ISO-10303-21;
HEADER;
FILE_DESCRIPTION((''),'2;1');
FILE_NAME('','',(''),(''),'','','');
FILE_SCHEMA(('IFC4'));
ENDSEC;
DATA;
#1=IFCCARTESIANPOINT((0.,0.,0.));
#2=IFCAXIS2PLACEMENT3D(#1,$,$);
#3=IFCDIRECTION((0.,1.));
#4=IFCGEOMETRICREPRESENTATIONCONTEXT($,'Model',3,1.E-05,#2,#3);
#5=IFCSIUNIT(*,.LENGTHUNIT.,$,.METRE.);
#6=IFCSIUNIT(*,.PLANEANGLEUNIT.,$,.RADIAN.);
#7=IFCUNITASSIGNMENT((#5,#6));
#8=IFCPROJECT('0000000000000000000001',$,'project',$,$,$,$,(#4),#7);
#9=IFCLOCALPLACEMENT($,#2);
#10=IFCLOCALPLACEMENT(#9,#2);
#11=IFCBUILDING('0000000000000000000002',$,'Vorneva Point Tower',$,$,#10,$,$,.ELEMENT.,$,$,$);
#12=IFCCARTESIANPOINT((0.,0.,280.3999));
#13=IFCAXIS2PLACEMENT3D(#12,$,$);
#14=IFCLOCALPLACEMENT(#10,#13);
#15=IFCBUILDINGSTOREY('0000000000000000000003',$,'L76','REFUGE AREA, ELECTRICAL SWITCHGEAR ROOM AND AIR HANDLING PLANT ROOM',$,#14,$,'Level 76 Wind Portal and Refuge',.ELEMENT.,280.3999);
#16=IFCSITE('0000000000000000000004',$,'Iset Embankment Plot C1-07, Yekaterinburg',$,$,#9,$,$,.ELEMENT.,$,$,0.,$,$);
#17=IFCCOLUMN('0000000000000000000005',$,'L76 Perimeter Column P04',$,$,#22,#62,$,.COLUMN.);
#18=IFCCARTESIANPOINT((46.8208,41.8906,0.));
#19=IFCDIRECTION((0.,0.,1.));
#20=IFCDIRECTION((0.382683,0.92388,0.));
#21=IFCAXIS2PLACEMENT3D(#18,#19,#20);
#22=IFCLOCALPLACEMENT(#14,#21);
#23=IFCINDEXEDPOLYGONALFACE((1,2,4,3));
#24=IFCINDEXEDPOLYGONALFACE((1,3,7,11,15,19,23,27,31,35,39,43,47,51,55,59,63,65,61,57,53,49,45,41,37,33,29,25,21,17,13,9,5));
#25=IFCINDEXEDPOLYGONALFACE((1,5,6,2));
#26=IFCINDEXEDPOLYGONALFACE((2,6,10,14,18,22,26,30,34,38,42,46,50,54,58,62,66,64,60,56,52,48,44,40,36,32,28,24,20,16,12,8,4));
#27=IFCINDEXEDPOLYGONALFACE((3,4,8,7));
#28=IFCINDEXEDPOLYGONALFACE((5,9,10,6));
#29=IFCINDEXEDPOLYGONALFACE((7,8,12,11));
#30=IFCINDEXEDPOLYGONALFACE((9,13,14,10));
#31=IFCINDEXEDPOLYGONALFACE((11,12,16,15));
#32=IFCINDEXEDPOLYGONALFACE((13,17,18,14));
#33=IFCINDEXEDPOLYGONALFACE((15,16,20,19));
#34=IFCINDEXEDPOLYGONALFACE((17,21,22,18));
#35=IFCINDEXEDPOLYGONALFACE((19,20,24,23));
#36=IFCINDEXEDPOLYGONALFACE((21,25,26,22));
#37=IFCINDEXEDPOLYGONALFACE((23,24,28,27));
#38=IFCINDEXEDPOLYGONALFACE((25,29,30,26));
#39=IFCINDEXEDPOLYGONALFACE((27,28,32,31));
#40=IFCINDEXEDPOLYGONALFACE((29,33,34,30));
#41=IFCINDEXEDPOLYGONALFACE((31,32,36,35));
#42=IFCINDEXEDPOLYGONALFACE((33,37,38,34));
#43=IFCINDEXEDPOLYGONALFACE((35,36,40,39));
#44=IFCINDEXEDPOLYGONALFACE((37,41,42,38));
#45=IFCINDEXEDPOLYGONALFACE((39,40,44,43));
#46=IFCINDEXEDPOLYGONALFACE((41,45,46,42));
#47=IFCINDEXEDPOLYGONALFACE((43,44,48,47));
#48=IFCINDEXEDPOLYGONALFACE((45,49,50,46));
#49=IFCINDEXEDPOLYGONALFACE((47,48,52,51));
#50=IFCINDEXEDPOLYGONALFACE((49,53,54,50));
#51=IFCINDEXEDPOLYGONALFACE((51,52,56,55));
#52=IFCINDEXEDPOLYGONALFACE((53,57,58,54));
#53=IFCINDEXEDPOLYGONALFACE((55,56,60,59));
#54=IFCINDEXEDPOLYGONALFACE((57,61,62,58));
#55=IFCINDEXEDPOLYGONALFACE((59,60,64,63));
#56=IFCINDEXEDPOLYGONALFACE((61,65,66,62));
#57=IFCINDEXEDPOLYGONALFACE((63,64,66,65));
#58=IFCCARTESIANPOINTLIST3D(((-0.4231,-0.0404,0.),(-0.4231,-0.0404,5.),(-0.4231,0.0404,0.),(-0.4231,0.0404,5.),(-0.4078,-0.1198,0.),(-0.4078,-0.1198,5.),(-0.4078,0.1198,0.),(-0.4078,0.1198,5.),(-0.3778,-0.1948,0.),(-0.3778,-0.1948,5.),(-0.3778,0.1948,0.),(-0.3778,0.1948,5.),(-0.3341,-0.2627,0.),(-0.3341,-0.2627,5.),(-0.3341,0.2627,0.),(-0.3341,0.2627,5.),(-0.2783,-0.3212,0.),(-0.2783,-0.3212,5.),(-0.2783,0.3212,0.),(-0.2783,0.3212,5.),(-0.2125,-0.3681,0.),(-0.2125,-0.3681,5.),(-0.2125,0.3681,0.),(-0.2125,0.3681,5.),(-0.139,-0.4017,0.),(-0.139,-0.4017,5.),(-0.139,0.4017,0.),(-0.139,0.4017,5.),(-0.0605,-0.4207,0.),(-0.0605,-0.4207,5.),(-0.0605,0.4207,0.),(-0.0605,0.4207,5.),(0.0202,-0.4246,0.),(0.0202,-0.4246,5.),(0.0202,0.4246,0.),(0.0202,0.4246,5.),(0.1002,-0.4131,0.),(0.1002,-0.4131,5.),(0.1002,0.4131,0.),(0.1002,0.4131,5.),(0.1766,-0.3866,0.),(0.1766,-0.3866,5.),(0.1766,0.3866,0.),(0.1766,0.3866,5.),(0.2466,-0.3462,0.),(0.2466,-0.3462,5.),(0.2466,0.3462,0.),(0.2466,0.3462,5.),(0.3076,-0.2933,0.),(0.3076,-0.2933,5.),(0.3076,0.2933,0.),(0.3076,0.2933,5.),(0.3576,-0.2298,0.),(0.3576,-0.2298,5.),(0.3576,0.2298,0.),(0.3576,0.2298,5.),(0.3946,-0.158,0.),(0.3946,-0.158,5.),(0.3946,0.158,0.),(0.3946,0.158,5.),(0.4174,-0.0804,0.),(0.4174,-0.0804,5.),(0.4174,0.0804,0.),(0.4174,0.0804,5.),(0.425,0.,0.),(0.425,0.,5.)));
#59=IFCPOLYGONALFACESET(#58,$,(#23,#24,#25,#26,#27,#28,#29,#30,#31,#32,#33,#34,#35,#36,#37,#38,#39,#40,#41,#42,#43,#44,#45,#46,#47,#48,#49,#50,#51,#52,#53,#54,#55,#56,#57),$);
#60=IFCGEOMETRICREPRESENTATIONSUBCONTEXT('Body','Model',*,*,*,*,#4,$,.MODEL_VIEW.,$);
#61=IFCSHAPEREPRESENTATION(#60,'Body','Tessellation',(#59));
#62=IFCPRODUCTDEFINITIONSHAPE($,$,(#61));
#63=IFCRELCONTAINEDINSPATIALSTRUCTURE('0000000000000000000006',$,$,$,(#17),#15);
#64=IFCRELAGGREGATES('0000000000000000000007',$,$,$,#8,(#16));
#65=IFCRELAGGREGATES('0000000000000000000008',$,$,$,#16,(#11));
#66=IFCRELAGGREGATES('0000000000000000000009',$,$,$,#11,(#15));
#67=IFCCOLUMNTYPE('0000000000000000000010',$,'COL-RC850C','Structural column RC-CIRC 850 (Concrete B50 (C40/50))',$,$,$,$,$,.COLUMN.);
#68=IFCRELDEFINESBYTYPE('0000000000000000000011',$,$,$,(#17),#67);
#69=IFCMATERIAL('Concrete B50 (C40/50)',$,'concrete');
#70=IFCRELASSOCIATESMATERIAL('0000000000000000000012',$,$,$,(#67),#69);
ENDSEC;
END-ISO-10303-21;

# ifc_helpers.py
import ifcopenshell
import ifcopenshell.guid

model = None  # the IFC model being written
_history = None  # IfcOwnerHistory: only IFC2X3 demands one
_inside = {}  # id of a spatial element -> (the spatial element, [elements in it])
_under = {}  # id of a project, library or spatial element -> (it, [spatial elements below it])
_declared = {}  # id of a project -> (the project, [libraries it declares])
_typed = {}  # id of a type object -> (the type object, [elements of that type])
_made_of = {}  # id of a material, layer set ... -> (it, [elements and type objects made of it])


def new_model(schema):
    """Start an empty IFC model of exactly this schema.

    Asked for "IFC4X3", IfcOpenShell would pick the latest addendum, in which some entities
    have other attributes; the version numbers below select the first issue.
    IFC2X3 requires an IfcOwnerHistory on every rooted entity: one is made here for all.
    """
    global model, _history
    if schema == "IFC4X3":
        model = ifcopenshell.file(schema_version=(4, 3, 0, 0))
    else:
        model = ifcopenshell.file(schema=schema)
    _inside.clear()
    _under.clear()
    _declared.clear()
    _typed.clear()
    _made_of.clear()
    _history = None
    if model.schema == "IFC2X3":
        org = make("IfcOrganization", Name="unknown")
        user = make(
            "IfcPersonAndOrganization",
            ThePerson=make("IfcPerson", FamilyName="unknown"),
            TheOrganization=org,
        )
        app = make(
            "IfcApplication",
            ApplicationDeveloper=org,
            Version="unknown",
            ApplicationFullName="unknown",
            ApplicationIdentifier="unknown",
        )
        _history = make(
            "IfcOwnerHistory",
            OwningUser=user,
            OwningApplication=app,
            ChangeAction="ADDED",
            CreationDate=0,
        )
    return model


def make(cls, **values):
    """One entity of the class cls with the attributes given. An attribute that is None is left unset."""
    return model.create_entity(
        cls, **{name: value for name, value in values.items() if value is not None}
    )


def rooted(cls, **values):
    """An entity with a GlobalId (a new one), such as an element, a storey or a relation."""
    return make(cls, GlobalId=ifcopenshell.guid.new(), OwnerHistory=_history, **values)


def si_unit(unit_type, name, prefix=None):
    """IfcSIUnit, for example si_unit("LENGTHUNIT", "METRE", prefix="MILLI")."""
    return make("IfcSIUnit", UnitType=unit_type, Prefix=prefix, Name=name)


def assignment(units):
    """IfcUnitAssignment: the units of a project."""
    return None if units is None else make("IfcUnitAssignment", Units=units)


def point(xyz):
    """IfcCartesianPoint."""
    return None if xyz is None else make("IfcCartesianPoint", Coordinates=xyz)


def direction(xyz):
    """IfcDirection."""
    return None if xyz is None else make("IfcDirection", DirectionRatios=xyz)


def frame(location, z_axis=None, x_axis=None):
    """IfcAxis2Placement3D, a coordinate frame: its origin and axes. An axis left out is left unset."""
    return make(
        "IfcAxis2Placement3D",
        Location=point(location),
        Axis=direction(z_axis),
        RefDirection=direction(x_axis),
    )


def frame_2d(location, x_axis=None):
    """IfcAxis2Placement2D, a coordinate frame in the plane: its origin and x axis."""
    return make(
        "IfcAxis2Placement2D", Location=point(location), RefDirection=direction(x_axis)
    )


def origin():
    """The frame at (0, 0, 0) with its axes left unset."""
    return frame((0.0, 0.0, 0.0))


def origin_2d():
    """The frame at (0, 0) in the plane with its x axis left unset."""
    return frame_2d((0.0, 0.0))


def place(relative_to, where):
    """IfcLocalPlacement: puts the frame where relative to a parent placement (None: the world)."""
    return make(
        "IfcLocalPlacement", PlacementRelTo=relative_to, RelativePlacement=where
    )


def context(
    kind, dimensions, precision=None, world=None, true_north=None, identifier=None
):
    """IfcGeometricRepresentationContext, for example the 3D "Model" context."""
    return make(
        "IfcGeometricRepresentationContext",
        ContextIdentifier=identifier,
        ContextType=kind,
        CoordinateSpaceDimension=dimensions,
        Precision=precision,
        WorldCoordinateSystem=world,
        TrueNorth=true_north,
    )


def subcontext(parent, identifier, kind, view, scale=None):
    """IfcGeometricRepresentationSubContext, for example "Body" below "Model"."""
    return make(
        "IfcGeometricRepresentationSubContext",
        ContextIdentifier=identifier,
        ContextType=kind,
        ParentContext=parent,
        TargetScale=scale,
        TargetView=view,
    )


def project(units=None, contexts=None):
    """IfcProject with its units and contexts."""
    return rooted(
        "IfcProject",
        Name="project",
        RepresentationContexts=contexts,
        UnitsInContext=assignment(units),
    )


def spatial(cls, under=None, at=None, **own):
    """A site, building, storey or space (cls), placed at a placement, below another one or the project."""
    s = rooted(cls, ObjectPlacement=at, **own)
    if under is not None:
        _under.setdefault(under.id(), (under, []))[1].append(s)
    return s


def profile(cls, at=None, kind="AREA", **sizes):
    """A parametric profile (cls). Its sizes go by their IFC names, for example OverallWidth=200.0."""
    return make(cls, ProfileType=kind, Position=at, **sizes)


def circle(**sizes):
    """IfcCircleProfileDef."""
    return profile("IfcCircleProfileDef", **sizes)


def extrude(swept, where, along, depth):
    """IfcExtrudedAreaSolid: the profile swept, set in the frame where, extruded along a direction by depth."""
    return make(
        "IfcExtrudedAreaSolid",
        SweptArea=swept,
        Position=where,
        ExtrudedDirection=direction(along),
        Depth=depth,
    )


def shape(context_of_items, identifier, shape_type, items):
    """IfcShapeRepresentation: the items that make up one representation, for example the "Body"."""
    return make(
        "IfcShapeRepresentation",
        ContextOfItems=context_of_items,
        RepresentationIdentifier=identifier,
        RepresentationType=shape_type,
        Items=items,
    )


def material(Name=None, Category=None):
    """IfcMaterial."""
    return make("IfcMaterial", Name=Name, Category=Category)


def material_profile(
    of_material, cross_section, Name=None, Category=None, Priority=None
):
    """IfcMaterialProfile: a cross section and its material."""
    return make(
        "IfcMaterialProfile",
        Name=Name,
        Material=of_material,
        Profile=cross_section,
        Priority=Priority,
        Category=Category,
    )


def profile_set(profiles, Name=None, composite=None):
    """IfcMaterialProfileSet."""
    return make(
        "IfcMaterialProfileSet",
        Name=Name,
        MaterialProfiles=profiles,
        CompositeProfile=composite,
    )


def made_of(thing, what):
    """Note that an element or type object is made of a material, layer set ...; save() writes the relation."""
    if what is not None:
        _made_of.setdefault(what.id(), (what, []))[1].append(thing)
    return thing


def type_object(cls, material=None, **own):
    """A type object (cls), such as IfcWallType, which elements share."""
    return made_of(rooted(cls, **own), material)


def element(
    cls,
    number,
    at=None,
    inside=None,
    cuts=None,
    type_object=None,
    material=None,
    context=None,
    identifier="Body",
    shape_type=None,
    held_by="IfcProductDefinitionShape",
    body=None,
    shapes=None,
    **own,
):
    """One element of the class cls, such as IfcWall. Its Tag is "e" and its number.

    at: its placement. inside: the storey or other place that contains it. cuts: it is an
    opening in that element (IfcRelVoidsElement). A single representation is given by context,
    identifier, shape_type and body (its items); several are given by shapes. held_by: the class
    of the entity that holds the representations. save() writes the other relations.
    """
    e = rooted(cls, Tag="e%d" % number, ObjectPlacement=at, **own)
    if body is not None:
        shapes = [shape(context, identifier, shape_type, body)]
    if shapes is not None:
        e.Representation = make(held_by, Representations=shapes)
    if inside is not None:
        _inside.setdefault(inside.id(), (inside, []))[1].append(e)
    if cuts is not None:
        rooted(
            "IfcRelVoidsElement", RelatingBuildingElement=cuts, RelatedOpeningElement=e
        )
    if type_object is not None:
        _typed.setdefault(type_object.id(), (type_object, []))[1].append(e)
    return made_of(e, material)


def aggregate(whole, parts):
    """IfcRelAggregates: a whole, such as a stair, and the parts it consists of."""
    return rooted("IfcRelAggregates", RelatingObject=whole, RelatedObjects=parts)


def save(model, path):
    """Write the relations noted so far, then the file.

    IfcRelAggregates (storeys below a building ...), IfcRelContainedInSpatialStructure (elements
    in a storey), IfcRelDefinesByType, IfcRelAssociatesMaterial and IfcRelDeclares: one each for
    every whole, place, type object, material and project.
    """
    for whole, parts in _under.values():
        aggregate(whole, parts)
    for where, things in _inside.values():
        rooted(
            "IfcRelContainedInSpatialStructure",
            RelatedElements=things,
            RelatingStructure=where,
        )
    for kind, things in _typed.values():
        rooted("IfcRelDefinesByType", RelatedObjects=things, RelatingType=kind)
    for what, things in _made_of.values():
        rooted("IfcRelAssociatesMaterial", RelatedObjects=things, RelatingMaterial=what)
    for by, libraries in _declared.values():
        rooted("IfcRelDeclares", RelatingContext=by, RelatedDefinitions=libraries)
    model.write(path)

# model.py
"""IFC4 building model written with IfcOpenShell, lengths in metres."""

from ifc_helpers import new_model, si_unit, direction, frame, origin, origin_2d, place, context, subcontext, project, spatial, circle, extrude, material, material_profile, profile_set, type_object, element, save


model = new_model("IFC4")

# Units and contexts
model_context = context("Model", 3, precision=1e-05, world=origin(), true_north=direction((0.0, 1.0)))
body_context = subcontext(model_context, "Body", "Model", "MODEL_VIEW")
ifc_project = project(units=[si_unit("LENGTHUNIT", "METRE"), si_unit("PLANEANGLEUNIT", "RADIAN")], contexts=[model_context])

# Site, building, storey
site_placement = place(None, origin())
site = spatial("IfcSite", under=ifc_project, at=site_placement, Name="Iset Embankment Plot C1-07, Yekaterinburg", CompositionType="ELEMENT", RefElevation=0.0)
building_placement = place(site_placement, origin())
building = spatial("IfcBuilding", under=site, at=building_placement, Name="Vorneva Point Tower", CompositionType="ELEMENT")
storey_placement = place(building_placement, frame((0.0, 0.0, 280.3999)))
storey = spatial("IfcBuildingStorey", under=building, at=storey_placement, Name="L76", Description="REFUGE AREA, ELECTRICAL SWITCHGEAR ROOM AND AIR HANDLING PLANT ROOM", LongName="Level 76 Wind Portal and Refuge", CompositionType="ELEMENT", Elevation=280.3999)

# Column
ifc_material_1 = material(Name="Concrete B50 (C40/50)", Category="concrete")
ifc_material_profile_1 = material_profile(ifc_material_1, circle(Radius=0.425, at=origin_2d()), Name="RC-CIRC 850")
ifc_profile_set_1 = profile_set([ifc_material_profile_1], Name="Concrete B50 (C40/50)")
column_type_1 = type_object("IfcColumnType", Name="COL-RC850C", Description="Structural column RC-CIRC 850 (Concrete B50 (C40/50))", PredefinedType="COLUMN", material=ifc_profile_set_1)
for number, where, z_axis, x_axis, name in (
    (1, (46.8208, 41.8906, 0.0), (0.0, 0.0, 1.0), (0.382683, 0.92388, 0.0), "L76 Perimeter Column P04"),
):
    element("IfcColumn", number, at=place(storey_placement, frame(where, z_axis=z_axis, x_axis=x_axis)), inside=storey, type_object=column_type_1, Name=name, PredefinedType="COLUMN", context=body_context, shape_type="SweptSolid", body=[
        extrude(circle(Radius=0.425, at=origin_2d()), origin(), (0.0, 0.0, 1.0), 5.0),
    ])

save(model, "model.ifc")
